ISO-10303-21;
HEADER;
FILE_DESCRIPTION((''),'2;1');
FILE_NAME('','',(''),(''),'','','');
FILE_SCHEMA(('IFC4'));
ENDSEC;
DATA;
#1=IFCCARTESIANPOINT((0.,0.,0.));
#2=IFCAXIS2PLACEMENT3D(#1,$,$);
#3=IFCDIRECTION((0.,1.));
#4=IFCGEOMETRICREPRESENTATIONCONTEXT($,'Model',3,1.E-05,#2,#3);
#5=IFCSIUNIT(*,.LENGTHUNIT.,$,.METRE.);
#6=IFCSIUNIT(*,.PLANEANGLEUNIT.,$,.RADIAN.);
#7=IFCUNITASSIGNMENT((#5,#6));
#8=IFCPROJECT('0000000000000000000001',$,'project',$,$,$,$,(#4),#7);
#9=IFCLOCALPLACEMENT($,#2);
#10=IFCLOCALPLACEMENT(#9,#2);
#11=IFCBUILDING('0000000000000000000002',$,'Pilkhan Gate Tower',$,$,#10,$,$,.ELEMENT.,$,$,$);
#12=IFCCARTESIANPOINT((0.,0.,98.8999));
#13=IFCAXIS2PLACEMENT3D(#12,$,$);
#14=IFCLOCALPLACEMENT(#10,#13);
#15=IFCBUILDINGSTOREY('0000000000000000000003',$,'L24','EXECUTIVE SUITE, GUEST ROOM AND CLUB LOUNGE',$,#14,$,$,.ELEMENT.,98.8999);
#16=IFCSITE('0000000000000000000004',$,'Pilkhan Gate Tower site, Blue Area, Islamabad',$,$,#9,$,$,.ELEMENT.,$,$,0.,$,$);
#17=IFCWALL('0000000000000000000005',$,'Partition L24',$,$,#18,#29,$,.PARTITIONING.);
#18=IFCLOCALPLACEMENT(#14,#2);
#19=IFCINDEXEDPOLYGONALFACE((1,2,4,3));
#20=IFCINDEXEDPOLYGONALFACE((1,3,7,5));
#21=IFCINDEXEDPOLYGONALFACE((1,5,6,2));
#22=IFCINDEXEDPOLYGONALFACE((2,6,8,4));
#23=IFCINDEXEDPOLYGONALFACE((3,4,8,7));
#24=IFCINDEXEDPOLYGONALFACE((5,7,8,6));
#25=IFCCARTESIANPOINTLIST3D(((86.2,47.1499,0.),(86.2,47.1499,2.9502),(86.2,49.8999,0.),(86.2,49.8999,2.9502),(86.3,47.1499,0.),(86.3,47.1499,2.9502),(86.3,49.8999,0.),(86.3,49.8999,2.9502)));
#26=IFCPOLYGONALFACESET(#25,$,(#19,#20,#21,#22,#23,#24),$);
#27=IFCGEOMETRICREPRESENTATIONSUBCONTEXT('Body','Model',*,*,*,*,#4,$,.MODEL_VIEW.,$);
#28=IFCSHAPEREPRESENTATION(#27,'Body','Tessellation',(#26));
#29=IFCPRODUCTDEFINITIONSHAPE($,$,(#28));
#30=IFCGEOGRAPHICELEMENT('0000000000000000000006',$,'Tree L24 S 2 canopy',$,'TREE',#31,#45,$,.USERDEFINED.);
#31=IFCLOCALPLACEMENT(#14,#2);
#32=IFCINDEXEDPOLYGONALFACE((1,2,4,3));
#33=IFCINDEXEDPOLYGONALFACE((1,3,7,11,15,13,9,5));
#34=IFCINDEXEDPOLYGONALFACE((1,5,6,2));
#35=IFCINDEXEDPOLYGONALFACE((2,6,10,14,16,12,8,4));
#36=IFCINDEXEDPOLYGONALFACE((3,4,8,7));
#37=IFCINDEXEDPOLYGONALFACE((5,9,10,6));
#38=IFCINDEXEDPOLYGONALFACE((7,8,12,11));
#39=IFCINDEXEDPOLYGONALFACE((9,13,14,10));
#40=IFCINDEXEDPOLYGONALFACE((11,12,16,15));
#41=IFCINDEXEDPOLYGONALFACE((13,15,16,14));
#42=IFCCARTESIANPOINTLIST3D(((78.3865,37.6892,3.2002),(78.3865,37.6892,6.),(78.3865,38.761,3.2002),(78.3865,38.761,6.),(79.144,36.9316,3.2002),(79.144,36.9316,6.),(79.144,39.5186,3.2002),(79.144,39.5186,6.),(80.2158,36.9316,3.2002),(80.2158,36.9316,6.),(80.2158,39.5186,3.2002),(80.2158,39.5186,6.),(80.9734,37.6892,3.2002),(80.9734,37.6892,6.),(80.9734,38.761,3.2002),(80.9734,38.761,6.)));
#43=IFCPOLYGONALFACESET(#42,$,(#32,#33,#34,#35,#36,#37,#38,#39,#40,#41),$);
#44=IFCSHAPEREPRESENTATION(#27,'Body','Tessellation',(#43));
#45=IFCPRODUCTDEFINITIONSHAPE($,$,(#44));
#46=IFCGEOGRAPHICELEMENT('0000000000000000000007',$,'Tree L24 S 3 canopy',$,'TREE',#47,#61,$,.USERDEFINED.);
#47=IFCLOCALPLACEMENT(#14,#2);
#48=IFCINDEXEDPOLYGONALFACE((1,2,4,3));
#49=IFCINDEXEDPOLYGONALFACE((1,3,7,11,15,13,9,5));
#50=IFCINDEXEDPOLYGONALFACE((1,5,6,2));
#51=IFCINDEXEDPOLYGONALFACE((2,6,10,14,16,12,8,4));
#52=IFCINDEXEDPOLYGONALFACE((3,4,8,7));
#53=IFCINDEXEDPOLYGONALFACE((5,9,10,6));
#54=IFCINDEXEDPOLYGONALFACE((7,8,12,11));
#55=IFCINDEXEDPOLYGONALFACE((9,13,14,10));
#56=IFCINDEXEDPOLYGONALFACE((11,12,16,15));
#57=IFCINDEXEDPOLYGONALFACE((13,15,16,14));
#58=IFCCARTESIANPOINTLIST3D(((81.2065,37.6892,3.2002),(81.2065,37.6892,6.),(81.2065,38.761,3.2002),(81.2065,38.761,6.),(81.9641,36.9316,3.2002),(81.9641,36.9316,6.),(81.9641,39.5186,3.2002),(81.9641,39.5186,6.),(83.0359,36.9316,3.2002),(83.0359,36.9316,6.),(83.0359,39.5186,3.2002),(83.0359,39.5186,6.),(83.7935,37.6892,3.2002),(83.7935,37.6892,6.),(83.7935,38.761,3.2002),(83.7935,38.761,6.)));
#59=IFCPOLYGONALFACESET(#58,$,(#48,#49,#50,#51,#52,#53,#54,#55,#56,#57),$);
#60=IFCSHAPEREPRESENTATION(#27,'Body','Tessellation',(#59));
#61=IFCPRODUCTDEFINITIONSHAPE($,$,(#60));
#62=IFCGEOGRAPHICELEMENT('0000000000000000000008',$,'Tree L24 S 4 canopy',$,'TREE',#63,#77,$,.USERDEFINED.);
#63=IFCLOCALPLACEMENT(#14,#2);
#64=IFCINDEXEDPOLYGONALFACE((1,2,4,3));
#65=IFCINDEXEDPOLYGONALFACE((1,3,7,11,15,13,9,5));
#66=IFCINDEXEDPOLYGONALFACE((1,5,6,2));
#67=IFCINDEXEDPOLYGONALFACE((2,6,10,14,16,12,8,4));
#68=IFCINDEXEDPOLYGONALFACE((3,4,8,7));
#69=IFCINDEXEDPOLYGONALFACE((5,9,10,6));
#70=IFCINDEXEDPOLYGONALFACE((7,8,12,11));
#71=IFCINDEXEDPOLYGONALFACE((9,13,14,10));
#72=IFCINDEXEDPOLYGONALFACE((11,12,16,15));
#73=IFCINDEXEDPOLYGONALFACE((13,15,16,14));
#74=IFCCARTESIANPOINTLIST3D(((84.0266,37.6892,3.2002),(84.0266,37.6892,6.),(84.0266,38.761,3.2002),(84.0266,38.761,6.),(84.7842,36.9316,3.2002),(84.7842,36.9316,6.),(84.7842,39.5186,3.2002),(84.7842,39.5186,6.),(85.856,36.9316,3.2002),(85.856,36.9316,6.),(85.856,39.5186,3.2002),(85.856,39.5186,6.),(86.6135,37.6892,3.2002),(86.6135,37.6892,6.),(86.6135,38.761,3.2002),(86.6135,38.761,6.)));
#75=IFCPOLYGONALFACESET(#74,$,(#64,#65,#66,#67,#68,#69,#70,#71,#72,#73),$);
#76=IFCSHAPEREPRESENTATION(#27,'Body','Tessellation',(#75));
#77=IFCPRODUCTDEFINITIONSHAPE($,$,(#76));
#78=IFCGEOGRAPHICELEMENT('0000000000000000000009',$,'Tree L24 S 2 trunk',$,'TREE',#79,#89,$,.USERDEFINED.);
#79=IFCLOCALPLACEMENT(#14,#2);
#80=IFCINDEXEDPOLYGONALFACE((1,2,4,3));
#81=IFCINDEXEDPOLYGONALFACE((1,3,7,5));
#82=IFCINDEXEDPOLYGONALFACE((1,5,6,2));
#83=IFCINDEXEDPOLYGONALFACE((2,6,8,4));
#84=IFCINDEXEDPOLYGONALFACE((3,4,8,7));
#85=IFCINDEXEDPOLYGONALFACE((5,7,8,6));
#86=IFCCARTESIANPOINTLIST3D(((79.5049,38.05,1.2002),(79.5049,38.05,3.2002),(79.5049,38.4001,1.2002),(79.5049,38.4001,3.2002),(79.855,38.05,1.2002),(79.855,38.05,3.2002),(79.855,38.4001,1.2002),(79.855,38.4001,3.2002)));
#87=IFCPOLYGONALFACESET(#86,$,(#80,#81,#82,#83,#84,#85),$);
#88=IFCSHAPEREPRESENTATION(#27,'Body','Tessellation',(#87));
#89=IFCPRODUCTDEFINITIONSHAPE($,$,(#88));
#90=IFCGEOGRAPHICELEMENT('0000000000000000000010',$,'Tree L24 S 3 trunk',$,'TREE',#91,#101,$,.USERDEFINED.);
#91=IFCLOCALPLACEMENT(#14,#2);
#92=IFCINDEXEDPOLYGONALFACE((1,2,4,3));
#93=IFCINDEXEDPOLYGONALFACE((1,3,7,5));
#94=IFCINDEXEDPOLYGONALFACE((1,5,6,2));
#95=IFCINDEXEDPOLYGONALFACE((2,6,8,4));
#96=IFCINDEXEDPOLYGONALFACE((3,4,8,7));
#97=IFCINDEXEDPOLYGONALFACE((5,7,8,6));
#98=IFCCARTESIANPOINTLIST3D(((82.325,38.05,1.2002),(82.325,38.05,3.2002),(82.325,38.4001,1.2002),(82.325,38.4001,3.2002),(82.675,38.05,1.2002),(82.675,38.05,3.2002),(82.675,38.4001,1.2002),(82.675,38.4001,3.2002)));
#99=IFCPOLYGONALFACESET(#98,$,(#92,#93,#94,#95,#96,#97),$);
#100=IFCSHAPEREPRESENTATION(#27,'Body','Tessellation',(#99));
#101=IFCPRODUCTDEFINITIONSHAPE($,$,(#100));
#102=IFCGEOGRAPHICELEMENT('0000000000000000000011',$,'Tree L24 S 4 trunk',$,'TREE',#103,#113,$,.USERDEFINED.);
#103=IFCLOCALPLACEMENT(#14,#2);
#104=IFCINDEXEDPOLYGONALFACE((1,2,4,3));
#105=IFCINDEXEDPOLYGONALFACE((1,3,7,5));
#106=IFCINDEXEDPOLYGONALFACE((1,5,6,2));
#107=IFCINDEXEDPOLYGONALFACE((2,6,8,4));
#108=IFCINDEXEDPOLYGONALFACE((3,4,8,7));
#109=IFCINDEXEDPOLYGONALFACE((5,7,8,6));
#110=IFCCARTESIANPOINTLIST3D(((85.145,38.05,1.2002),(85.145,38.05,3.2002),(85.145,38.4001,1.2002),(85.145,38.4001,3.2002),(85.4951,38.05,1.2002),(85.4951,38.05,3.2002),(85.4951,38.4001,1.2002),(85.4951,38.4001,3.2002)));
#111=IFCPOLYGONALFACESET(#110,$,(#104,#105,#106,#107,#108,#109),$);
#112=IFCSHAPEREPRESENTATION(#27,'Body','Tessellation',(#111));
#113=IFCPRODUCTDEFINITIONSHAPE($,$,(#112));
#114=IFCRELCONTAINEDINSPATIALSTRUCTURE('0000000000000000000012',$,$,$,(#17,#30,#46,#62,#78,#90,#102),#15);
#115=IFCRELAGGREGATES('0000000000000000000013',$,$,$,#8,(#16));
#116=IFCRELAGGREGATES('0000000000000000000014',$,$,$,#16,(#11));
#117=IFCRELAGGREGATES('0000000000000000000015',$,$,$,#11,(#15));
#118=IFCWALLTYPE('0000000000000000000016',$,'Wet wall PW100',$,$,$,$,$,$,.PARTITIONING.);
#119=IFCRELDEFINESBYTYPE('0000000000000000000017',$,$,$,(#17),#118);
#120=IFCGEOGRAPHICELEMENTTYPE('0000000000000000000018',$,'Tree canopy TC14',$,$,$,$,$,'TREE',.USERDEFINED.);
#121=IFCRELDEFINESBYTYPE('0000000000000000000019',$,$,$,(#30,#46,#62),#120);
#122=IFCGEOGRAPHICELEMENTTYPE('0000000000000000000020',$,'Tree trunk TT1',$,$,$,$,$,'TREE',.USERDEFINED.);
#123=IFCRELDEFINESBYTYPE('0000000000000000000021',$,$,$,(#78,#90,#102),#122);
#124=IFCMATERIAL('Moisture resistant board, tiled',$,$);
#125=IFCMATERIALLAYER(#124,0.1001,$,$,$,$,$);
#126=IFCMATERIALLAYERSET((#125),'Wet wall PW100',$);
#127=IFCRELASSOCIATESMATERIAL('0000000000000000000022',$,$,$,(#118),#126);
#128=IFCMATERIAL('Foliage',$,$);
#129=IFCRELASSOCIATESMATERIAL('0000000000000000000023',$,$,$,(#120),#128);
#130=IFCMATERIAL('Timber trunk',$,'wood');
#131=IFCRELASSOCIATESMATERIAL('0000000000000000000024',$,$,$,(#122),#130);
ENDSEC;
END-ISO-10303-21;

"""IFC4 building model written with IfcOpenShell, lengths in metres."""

from ifc_helpers import new_model, si_unit, direction, frame, frame_2d, origin, origin_2d, place, context, subcontext, project, spatial, polyline, rectangle, outline, extrude, material, layer, layer_set, material_profile, profile_set, type_object, element, save


model = new_model("IFC4")

# Units and contexts
model_context = context("Model", 3, precision=1e-05, world=origin(), true_north=direction((0.0, 1.0)))
body_context = subcontext(model_context, "Body", "Model", "MODEL_VIEW")
ifc_project = project(units=[si_unit("LENGTHUNIT", "METRE"), si_unit("PLANEANGLEUNIT", "RADIAN")], contexts=[model_context])

# Site, building, storey
site_placement = place(None, origin())
site = spatial("IfcSite", under=ifc_project, at=site_placement, Name="Pilkhan Gate Tower site, Blue Area, Islamabad", CompositionType="ELEMENT", RefElevation=0.0)
building_placement = place(site_placement, origin())
building = spatial("IfcBuilding", under=site, at=building_placement, Name="Pilkhan Gate Tower", CompositionType="ELEMENT")
storey_placement = place(building_placement, frame((0.0, 0.0, 98.8999)))
storey = spatial("IfcBuildingStorey", under=building, at=storey_placement, Name="L24", Description="EXECUTIVE SUITE, GUEST ROOM AND CLUB LOUNGE", CompositionType="ELEMENT", Elevation=98.8999)

# Shared definitions
ifc_material_1 = material(Name="Moisture resistant board, tiled")
ifc_layer_1 = layer(ifc_material_1, 0.1001)
ifc_layer_set_1 = layer_set([ifc_layer_1], Name="Wet wall PW100")
wall_type_1 = type_object("IfcWallType", Name="Wet wall PW100", PredefinedType="PARTITIONING", material=ifc_layer_set_1)

# Wall
wall_1_placement = place(storey_placement, frame((86.25, 47.1499, 0.0), z_axis=(0.0, 0.0, 1.0), x_axis=(0.0, 1.0, 0.0)))
element("IfcWall", 1, at=wall_1_placement, inside=storey, type_object=wall_type_1, Name="Partition L24", PredefinedType="PARTITIONING", context=body_context, shape_type="SweptSolid", body=[
    extrude(rectangle(XDim=2.75, YDim=0.1001, at=frame_2d((1.375, 0.0))), origin(), (0.0, 0.0, 1.0), 2.9502),
])

# Geographic elements
ifc_material_2 = material(Name="Foliage")
ifc_material_profile_1 = material_profile(ifc_material_2, outline(polyline([(1.2935, 0.5359), (0.5359, 1.2935), (-0.5359, 1.2935), (-1.2935, 0.5359), (-1.2935, -0.5359), (-0.5359, -1.2935), (0.5359, -1.2935), (1.2935, -0.5359), (1.2935, 0.5359)])), Name="Canopy D2.8")
ifc_profile_set_1 = profile_set([ifc_material_profile_1], Name="Foliage")
geographic_element_type_1 = type_object("IfcGeographicElementType", Name="Tree canopy TC14", ElementType="TREE", PredefinedType="USERDEFINED", material=ifc_profile_set_1)
for number, where, z_axis, x_axis, name in (
    (2, (79.6799, 38.2251, 3.2002), (0.0, 0.0, 1.0), (1.0, 0.0, 0.0), "Tree L24 S 2 canopy"),
    (3, (82.5, 38.2251, 3.2002), (0.0, 0.0, 1.0), (1.0, 0.0, 0.0), "Tree L24 S 3 canopy"),
    (4, (85.3201, 38.2251, 3.2002), (0.0, 0.0, 1.0), (1.0, 0.0, 0.0), "Tree L24 S 4 canopy"),
):
    element("IfcGeographicElement", number, at=place(storey_placement, frame(where, z_axis=z_axis, x_axis=x_axis)), inside=storey, type_object=geographic_element_type_1, Name=name, ObjectType="TREE", PredefinedType="USERDEFINED", context=body_context, shape_type="SweptSolid", body=[
        extrude(outline(polyline([(1.2935, 0.5359), (0.5359, 1.2935), (-0.5359, 1.2935), (-1.2935, 0.5359), (-1.2935, -0.5359), (-0.5359, -1.2935), (0.5359, -1.2935), (1.2935, -0.5359), (1.2935, 0.5359)])), origin(), (0.0, 0.0, 1.0), 2.7998),
    ])
ifc_material_3 = material(Name="Timber trunk", Category="wood")
geographic_element_type_2 = type_object("IfcGeographicElementType", Name="Tree trunk TT1", ElementType="TREE", PredefinedType="USERDEFINED", material=ifc_material_3)
for number, where, z_axis, x_axis, name in (
    (5, (79.6799, 38.2251, 1.2002), (0.0, 0.0, 1.0), (1.0, 0.0, 0.0), "Tree L24 S 2 trunk"),
    (6, (82.5, 38.2251, 1.2002), (0.0, 0.0, 1.0), (1.0, 0.0, 0.0), "Tree L24 S 3 trunk"),
    (7, (85.3201, 38.2251, 1.2002), (0.0, 0.0, 1.0), (1.0, 0.0, 0.0), "Tree L24 S 4 trunk"),
):
    element("IfcGeographicElement", number, at=place(storey_placement, frame(where, z_axis=z_axis, x_axis=x_axis)), inside=storey, type_object=geographic_element_type_2, Name=name, ObjectType="TREE", PredefinedType="USERDEFINED", context=body_context, shape_type="SweptSolid", body=[
        extrude(rectangle(XDim=0.3501, YDim=0.3501, at=origin_2d()), origin(), (0.0, 0.0, 1.0), 2.0),
    ])

save(model, "model.ifc")
